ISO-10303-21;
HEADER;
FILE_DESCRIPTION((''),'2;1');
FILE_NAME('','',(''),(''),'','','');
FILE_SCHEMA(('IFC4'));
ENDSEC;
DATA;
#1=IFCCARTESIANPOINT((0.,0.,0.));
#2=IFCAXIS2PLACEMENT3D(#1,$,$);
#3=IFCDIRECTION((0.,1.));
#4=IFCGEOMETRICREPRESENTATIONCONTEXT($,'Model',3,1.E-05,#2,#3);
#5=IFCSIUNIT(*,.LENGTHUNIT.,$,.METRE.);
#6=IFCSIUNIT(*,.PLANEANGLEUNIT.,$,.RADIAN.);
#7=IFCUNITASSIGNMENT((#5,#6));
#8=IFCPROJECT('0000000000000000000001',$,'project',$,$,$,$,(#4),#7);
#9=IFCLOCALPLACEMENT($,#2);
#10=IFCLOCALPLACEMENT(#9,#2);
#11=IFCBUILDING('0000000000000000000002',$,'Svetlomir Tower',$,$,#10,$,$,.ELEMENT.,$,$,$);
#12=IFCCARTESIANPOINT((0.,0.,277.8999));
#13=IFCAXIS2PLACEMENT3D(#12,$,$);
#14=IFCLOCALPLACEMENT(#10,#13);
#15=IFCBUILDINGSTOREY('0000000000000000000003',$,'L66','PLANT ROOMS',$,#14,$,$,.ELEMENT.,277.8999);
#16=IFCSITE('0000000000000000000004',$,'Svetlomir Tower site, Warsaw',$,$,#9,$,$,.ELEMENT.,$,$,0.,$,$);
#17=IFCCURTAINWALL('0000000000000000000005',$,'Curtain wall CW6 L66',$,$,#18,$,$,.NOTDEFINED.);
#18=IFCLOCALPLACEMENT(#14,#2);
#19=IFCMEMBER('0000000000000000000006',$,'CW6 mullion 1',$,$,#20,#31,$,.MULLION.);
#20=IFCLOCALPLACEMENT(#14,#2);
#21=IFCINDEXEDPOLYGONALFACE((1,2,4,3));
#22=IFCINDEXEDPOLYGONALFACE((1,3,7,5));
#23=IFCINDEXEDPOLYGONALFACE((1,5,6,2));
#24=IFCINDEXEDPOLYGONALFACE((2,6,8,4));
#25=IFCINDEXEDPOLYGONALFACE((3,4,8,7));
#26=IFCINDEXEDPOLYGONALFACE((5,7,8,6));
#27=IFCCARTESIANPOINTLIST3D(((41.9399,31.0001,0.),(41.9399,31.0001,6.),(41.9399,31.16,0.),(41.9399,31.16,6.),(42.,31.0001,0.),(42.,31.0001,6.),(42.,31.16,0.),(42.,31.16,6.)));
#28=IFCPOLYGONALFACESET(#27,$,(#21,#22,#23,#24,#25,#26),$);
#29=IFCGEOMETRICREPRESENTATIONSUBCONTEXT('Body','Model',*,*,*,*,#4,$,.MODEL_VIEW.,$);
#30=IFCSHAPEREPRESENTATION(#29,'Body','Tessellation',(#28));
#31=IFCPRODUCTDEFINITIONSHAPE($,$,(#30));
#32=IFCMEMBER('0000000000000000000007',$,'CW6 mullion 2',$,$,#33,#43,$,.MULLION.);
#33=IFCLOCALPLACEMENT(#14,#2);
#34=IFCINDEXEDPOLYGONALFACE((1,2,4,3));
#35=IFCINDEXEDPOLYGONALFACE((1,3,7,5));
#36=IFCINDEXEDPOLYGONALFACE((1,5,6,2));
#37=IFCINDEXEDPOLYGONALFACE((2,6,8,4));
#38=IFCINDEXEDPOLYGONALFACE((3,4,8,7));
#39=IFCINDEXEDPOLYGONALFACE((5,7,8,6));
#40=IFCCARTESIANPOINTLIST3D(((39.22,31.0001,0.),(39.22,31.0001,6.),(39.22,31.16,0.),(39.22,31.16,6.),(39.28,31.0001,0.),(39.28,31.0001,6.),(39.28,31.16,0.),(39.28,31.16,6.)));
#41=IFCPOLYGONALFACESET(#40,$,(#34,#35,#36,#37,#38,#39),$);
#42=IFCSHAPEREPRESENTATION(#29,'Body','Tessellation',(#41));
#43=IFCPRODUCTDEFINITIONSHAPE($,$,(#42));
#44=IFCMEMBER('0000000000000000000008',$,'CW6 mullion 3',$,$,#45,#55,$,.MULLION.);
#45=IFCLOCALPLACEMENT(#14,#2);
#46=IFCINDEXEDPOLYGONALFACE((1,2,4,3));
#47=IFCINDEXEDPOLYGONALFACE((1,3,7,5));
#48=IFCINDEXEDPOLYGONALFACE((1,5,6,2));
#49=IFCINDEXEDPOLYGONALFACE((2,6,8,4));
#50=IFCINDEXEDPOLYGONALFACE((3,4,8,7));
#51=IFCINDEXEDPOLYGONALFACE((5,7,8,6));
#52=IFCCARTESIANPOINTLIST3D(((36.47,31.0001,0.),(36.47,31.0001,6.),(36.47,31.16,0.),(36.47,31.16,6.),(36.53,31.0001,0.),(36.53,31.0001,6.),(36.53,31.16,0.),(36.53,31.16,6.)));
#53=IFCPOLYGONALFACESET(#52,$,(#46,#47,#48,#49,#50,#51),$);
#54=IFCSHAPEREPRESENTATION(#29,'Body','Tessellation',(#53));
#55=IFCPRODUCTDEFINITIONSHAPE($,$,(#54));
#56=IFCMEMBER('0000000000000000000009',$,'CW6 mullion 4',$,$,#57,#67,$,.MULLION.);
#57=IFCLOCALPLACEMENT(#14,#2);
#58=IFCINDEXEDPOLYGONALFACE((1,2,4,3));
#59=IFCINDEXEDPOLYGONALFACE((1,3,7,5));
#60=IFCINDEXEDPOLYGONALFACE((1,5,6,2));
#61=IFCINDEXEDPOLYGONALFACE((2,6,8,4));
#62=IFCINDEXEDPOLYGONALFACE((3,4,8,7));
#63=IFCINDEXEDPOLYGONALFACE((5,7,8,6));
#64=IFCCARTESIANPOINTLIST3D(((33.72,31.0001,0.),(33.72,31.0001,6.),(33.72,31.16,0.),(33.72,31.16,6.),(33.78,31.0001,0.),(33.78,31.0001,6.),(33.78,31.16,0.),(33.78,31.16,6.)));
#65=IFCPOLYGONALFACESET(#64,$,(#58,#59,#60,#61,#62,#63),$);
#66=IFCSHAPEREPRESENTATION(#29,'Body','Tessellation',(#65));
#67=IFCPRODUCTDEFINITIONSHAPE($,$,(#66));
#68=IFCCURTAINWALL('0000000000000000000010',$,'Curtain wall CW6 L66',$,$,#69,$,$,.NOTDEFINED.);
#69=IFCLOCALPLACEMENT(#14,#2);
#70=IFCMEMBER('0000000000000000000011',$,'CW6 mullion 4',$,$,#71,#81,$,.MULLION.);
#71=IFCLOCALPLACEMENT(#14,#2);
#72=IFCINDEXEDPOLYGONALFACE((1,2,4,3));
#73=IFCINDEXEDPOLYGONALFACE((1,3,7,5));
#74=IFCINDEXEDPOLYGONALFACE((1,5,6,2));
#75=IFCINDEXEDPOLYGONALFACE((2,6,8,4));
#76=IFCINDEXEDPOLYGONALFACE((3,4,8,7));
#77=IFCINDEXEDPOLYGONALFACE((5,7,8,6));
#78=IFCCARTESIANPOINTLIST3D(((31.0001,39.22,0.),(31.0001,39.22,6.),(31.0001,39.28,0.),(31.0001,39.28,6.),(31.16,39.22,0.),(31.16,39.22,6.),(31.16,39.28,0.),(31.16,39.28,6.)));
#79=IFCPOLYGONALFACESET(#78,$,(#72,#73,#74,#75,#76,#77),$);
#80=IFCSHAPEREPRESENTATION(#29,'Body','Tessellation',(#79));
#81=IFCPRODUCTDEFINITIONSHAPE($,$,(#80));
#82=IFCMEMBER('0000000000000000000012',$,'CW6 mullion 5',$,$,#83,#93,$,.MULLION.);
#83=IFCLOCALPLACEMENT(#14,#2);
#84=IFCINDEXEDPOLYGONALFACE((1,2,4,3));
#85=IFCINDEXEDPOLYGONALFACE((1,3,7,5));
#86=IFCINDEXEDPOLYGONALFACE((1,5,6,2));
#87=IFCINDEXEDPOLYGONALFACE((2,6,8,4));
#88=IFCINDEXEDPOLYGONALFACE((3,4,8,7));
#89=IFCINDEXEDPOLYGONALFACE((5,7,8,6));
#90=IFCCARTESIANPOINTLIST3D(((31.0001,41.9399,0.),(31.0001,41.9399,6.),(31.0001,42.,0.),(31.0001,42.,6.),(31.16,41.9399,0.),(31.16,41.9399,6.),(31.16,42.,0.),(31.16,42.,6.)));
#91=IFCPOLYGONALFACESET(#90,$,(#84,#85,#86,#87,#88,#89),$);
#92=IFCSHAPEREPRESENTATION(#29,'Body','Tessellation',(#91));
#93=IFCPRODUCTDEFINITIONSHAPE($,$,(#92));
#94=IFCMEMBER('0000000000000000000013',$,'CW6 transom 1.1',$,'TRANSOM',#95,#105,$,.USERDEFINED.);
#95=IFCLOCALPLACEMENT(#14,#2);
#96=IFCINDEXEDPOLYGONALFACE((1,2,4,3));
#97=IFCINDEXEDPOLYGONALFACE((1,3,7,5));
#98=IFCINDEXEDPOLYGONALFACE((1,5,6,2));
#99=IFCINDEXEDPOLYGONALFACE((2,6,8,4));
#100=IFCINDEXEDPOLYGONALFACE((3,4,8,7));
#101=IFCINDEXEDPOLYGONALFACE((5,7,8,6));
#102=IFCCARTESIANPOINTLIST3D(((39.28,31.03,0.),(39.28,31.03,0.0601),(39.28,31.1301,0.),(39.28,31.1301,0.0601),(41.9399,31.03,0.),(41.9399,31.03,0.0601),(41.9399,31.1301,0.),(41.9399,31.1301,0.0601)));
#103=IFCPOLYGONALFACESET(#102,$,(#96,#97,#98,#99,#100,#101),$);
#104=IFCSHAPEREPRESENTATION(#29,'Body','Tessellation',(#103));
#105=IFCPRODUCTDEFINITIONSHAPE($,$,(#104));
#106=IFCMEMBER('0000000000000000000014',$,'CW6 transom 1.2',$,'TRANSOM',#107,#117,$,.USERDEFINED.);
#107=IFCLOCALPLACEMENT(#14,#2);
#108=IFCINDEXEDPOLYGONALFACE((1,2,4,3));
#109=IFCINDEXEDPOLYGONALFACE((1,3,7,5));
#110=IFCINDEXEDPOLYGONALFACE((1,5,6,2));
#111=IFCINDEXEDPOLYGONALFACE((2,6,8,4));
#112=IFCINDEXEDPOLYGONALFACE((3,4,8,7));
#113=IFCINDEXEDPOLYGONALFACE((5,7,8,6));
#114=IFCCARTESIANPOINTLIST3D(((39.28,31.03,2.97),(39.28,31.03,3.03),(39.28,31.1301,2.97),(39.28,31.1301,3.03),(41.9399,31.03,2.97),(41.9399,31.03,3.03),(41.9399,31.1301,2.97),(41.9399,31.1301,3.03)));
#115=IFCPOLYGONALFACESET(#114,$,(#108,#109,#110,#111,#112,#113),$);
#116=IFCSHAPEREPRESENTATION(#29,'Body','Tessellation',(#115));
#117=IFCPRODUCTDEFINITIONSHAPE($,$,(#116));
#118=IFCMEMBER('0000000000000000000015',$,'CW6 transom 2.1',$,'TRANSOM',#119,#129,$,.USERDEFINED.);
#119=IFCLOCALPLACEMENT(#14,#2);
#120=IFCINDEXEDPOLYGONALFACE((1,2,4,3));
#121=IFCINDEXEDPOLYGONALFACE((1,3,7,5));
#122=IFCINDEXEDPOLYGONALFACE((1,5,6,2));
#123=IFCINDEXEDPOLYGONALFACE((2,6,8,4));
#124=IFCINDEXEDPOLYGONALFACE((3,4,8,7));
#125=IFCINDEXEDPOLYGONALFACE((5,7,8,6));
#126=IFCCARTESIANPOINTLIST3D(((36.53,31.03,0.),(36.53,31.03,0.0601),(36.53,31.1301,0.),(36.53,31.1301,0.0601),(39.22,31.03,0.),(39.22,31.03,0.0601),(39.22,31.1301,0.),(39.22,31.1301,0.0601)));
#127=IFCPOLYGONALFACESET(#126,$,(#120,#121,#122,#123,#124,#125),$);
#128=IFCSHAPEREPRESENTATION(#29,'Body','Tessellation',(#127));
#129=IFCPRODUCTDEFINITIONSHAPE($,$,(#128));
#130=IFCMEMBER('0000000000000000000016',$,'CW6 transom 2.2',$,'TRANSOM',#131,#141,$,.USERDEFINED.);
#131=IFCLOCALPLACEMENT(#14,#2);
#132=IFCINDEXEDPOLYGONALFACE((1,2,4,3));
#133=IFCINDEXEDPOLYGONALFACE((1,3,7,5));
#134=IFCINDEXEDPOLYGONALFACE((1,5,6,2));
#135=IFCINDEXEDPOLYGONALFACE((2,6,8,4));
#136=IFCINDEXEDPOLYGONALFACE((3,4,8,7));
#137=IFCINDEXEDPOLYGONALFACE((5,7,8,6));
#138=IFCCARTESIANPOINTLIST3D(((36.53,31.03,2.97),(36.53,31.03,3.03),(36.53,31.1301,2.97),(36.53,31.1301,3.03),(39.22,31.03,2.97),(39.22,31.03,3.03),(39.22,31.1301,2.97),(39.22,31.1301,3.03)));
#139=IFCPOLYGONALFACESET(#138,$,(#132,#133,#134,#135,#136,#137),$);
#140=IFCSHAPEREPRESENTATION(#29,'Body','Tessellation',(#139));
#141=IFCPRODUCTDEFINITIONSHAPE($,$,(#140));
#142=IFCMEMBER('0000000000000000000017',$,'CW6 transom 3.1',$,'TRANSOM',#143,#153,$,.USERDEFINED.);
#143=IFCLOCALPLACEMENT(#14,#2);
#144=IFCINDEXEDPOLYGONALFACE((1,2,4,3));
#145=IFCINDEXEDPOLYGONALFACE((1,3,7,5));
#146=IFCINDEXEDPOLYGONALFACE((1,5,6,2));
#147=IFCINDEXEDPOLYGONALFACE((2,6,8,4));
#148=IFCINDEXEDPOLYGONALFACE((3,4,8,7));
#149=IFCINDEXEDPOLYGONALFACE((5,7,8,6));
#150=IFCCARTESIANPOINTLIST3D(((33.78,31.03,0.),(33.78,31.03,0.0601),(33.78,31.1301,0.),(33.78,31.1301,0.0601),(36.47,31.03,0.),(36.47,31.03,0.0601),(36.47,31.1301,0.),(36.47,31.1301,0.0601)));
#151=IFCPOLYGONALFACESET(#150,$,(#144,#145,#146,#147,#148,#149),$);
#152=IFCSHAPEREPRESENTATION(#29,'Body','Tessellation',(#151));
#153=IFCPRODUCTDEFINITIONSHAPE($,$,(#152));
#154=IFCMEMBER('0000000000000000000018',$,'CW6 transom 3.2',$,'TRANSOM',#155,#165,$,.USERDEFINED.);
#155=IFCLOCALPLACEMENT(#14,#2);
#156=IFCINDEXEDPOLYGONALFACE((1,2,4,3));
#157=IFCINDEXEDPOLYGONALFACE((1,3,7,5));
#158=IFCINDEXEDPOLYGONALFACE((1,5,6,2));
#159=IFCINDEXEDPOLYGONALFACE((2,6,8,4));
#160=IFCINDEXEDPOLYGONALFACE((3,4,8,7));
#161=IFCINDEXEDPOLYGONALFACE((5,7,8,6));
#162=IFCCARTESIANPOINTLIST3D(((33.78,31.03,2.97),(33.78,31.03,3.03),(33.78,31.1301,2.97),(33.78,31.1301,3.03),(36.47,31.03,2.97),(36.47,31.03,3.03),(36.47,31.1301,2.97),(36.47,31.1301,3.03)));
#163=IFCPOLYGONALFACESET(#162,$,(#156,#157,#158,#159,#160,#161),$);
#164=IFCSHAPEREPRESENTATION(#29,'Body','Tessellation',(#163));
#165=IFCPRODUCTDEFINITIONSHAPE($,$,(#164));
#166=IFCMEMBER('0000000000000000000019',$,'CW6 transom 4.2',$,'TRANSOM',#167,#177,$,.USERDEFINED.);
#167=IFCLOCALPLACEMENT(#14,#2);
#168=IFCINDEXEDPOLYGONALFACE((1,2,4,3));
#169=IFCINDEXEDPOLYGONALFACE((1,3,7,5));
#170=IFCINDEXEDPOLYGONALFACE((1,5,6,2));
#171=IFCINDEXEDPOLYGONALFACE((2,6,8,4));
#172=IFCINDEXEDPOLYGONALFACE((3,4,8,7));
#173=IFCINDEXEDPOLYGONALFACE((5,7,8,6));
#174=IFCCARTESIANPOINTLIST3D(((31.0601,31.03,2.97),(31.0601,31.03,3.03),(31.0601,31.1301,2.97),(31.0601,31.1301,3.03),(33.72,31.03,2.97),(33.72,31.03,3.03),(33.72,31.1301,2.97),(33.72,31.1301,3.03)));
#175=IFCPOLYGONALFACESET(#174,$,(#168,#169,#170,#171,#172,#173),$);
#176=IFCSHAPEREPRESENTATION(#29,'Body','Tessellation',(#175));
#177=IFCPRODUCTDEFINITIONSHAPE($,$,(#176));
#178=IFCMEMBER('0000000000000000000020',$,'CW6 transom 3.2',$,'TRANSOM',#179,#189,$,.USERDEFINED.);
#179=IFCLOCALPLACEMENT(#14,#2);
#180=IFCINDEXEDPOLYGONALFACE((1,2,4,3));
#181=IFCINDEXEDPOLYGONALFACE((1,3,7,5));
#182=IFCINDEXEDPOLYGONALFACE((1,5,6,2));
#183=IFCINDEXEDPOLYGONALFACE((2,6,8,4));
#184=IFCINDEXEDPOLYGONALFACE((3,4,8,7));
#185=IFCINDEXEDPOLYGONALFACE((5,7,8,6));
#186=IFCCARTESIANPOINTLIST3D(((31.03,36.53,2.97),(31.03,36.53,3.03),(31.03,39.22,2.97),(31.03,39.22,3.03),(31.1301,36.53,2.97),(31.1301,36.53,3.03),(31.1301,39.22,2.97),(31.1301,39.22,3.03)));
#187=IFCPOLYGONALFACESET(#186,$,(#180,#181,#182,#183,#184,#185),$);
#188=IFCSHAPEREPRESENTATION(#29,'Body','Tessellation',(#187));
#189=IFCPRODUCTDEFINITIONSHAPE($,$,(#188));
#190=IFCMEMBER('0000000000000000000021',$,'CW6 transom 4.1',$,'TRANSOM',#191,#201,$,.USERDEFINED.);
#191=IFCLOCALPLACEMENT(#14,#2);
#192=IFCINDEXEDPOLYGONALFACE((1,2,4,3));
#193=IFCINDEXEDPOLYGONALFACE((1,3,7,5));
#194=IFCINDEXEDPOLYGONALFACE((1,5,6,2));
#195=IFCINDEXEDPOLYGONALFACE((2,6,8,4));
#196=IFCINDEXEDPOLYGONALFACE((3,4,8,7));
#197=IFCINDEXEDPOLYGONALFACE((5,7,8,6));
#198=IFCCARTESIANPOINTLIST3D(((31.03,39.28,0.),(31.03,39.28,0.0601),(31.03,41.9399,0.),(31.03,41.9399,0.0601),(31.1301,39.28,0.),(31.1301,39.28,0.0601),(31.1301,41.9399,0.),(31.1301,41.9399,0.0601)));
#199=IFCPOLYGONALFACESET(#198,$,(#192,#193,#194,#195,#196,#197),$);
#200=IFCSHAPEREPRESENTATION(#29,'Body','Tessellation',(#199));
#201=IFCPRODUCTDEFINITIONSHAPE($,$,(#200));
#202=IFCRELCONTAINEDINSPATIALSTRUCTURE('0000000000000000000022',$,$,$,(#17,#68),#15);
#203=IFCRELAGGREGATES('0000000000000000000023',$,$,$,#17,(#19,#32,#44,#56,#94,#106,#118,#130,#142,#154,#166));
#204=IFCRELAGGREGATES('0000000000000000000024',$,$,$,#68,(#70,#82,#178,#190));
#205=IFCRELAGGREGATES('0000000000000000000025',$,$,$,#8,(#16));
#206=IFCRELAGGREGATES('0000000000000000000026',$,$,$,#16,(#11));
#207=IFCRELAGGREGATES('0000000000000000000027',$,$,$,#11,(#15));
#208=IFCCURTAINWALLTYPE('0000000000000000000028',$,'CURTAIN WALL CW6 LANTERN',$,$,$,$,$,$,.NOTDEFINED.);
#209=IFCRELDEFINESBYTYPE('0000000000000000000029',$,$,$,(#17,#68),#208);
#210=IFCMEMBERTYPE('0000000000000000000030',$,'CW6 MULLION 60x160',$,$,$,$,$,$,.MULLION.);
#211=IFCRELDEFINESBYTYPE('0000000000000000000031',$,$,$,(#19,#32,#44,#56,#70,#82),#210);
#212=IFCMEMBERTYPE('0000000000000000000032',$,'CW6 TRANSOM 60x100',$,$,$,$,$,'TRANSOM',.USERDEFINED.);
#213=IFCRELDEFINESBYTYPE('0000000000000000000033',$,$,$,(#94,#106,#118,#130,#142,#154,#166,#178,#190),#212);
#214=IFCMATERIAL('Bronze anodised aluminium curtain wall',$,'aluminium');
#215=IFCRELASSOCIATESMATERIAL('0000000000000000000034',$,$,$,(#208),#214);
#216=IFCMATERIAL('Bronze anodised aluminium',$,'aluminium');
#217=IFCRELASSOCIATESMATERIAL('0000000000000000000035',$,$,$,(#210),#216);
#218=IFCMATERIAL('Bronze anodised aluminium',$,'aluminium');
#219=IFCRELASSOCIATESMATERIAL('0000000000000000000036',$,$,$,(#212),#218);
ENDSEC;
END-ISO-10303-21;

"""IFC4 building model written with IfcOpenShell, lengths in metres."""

from ifc_helpers import new_model, si_unit, direction, frame, origin, origin_2d, place, context, subcontext, project, spatial, rectangle, extrude, material, material_profile, profile_set, type_object, element, aggregate, save


model = new_model("IFC4")

# Units and contexts
model_context = context("Model", 3, precision=1e-05, world=origin(), true_north=direction((0.0, 1.0)))
body_context = subcontext(model_context, "Body", "Model", "MODEL_VIEW")
ifc_project = project(units=[si_unit("LENGTHUNIT", "METRE"), si_unit("PLANEANGLEUNIT", "RADIAN")], contexts=[model_context])

# Site, building, storey
site_placement = place(None, origin())
site = spatial("IfcSite", under=ifc_project, at=site_placement, Name="Svetlomir Tower site, Warsaw", CompositionType="ELEMENT", RefElevation=0.0)
building_placement = place(site_placement, origin())
building = spatial("IfcBuilding", under=site, at=building_placement, Name="Svetlomir Tower", CompositionType="ELEMENT")
storey_placement = place(building_placement, frame((0.0, 0.0, 277.8999)))
storey = spatial("IfcBuildingStorey", under=building, at=storey_placement, Name="L66", Description="PLANT ROOMS", CompositionType="ELEMENT", Elevation=277.8999)

# Curtain walls, members
ifc_material_1 = material(Name="Bronze anodised aluminium curtain wall", Category="aluminium")
curtain_wall_type = type_object("IfcCurtainWallType", Name="CURTAIN WALL CW6 LANTERN", PredefinedType="NOTDEFINED", material=ifc_material_1)
curtain_wall_1_placement = place(storey_placement, origin())
curtain_wall_1 = element("IfcCurtainWall", 1, at=curtain_wall_1_placement, inside=storey, type_object=curtain_wall_type, Name="Curtain wall CW6 L66", PredefinedType="NOTDEFINED")
ifc_material_2 = material(Name="Bronze anodised aluminium", Category="aluminium")
ifc_material_profile_1 = material_profile(ifc_material_2, rectangle(XDim=0.0601, YDim=0.1599, at=origin_2d()), Name="AL 60x160")
ifc_profile_set_1 = profile_set([ifc_material_profile_1], Name="Bronze anodised aluminium 6063-T6")
member_type_1 = type_object("IfcMemberType", Name="CW6 MULLION 60x160", PredefinedType="MULLION", material=ifc_profile_set_1)
member_1_placement = place(storey_placement, frame((41.97, 31.0801, 0.0), z_axis=(0.0, 0.0, 1.0), x_axis=(-1.0, 0.0, 0.0)))
member_1 = element("IfcMember", 2, at=member_1_placement, type_object=member_type_1, Name="CW6 mullion 1", PredefinedType="MULLION", context=body_context, shape_type="SweptSolid", body=[
    extrude(rectangle(XDim=0.0601, YDim=0.1599, at=origin_2d()), origin(), (0.0, 0.0, 1.0), 6.0),
])
member_2_placement = place(storey_placement, frame((39.25, 31.0801, 0.0), z_axis=(0.0, 0.0, 1.0), x_axis=(-1.0, 0.0, 0.0)))
member_2 = element("IfcMember", 3, at=member_2_placement, type_object=member_type_1, Name="CW6 mullion 2", PredefinedType="MULLION", context=body_context, shape_type="SweptSolid", body=[
    extrude(rectangle(XDim=0.0601, YDim=0.1599, at=origin_2d()), origin(), (0.0, 0.0, 1.0), 6.0),
])
member_3_placement = place(storey_placement, frame((36.5, 31.0801, 0.0), z_axis=(0.0, 0.0, 1.0), x_axis=(-1.0, 0.0, 0.0)))
member_3 = element("IfcMember", 4, at=member_3_placement, type_object=member_type_1, Name="CW6 mullion 3", PredefinedType="MULLION", context=body_context, shape_type="SweptSolid", body=[
    extrude(rectangle(XDim=0.0601, YDim=0.1599, at=origin_2d()), origin(), (0.0, 0.0, 1.0), 6.0),
])
member_4_placement = place(storey_placement, frame((33.75, 31.0801, 0.0), z_axis=(0.0, 0.0, 1.0), x_axis=(-1.0, 0.0, 0.0)))
member_4 = element("IfcMember", 5, at=member_4_placement, type_object=member_type_1, Name="CW6 mullion 4", PredefinedType="MULLION", context=body_context, shape_type="SweptSolid", body=[
    extrude(rectangle(XDim=0.0601, YDim=0.1599, at=origin_2d()), origin(), (0.0, 0.0, 1.0), 6.0),
])
curtain_wall_2_placement = place(storey_placement, origin())
curtain_wall_2 = element("IfcCurtainWall", 6, at=curtain_wall_2_placement, inside=storey, type_object=curtain_wall_type, Name="Curtain wall CW6 L66", PredefinedType="NOTDEFINED")
member_5_placement = place(storey_placement, frame((31.0801, 39.25, 0.0), z_axis=(0.0, 0.0, 1.0), x_axis=(0.0, 1.0, 0.0)))
member_5 = element("IfcMember", 7, at=member_5_placement, type_object=member_type_1, Name="CW6 mullion 4", PredefinedType="MULLION", context=body_context, shape_type="SweptSolid", body=[
    extrude(rectangle(XDim=0.0601, YDim=0.1599, at=origin_2d()), origin(), (0.0, 0.0, 1.0), 6.0),
])
member_6_placement = place(storey_placement, frame((31.0801, 41.97, 0.0), z_axis=(0.0, 0.0, 1.0), x_axis=(0.0, 1.0, 0.0)))
member_6 = element("IfcMember", 8, at=member_6_placement, type_object=member_type_1, Name="CW6 mullion 5", PredefinedType="MULLION", context=body_context, shape_type="SweptSolid", body=[
    extrude(rectangle(XDim=0.0601, YDim=0.1599, at=origin_2d()), origin(), (0.0, 0.0, 1.0), 6.0),
])

# Members
ifc_material_3 = material(Name="Bronze anodised aluminium", Category="aluminium")
ifc_material_profile_2 = material_profile(ifc_material_3, rectangle(XDim=0.1001, YDim=0.0601, at=origin_2d()), Name="AL 100x60")
ifc_profile_set_2 = profile_set([ifc_material_profile_2], Name="Bronze anodised aluminium 6063-T6")
member_type_2 = type_object("IfcMemberType", Name="CW6 TRANSOM 60x100", ElementType="TRANSOM", PredefinedType="USERDEFINED", material=ifc_profile_set_2)
member_7_placement = place(storey_placement, frame((41.9399, 31.0801, 0.03), z_axis=(-1.0, 0.0, 0.0), x_axis=(0.0, -1.0, 0.0)))
member_7 = element("IfcMember", 9, at=member_7_placement, type_object=member_type_2, Name="CW6 transom 1.1", ObjectType="TRANSOM", PredefinedType="USERDEFINED", context=body_context, shape_type="SweptSolid", body=[
    extrude(rectangle(XDim=0.1001, YDim=0.0601, at=origin_2d()), origin(), (0.0, 0.0, 1.0), 2.6599),
])
member_8_placement = place(storey_placement, frame((41.9399, 31.0801, 3.0), z_axis=(-1.0, 0.0, 0.0), x_axis=(0.0, -1.0, 0.0)))
member_8 = element("IfcMember", 10, at=member_8_placement, type_object=member_type_2, Name="CW6 transom 1.2", ObjectType="TRANSOM", PredefinedType="USERDEFINED", context=body_context, shape_type="SweptSolid", body=[
    extrude(rectangle(XDim=0.1001, YDim=0.0601, at=origin_2d()), origin(), (0.0, 0.0, 1.0), 2.6599),
])
member_9_placement = place(storey_placement, frame((39.22, 31.0801, 0.03), z_axis=(-1.0, 0.0, 0.0), x_axis=(0.0, -1.0, 0.0)))
member_9 = element("IfcMember", 11, at=member_9_placement, type_object=member_type_2, Name="CW6 transom 2.1", ObjectType="TRANSOM", PredefinedType="USERDEFINED", context=body_context, shape_type="SweptSolid", body=[
    extrude(rectangle(XDim=0.1001, YDim=0.0601, at=origin_2d()), origin(), (0.0, 0.0, 1.0), 2.6899),
])
member_10_placement = place(storey_placement, frame((39.22, 31.0801, 3.0), z_axis=(-1.0, 0.0, 0.0), x_axis=(0.0, -1.0, 0.0)))
member_10 = element("IfcMember", 12, at=member_10_placement, type_object=member_type_2, Name="CW6 transom 2.2", ObjectType="TRANSOM", PredefinedType="USERDEFINED", context=body_context, shape_type="SweptSolid", body=[
    extrude(rectangle(XDim=0.1001, YDim=0.0601, at=origin_2d()), origin(), (0.0, 0.0, 1.0), 2.6899),
])
member_11_placement = place(storey_placement, frame((36.47, 31.0801, 0.03), z_axis=(-1.0, 0.0, 0.0), x_axis=(0.0, -1.0, 0.0)))
member_11 = element("IfcMember", 13, at=member_11_placement, type_object=member_type_2, Name="CW6 transom 3.1", ObjectType="TRANSOM", PredefinedType="USERDEFINED", context=body_context, shape_type="SweptSolid", body=[
    extrude(rectangle(XDim=0.1001, YDim=0.0601, at=origin_2d()), origin(), (0.0, 0.0, 1.0), 2.6899),
])
member_12_placement = place(storey_placement, frame((36.47, 31.0801, 3.0), z_axis=(-1.0, 0.0, 0.0), x_axis=(0.0, -1.0, 0.0)))
member_12 = element("IfcMember", 14, at=member_12_placement, type_object=member_type_2, Name="CW6 transom 3.2", ObjectType="TRANSOM", PredefinedType="USERDEFINED", context=body_context, shape_type="SweptSolid", body=[
    extrude(rectangle(XDim=0.1001, YDim=0.0601, at=origin_2d()), origin(), (0.0, 0.0, 1.0), 2.6899),
])
member_13_placement = place(storey_placement, frame((33.72, 31.0801, 3.0), z_axis=(-1.0, 0.0, 0.0), x_axis=(0.0, -1.0, 0.0)))
member_13 = element("IfcMember", 15, at=member_13_placement, type_object=member_type_2, Name="CW6 transom 4.2", ObjectType="TRANSOM", PredefinedType="USERDEFINED", context=body_context, shape_type="SweptSolid", body=[
    extrude(rectangle(XDim=0.1001, YDim=0.0601, at=origin_2d()), origin(), (0.0, 0.0, 1.0), 2.6599),
])
member_14_placement = place(storey_placement, frame((31.0801, 36.53, 3.0), z_axis=(0.0, 1.0, 0.0), x_axis=(-1.0, 0.0, 0.0)))
member_14 = element("IfcMember", 16, at=member_14_placement, type_object=member_type_2, Name="CW6 transom 3.2", ObjectType="TRANSOM", PredefinedType="USERDEFINED", context=body_context, shape_type="SweptSolid", body=[
    extrude(rectangle(XDim=0.1001, YDim=0.0601, at=origin_2d()), origin(), (0.0, 0.0, 1.0), 2.6899),
])
member_15_placement = place(storey_placement, frame((31.0801, 39.28, 0.03), z_axis=(0.0, 1.0, 0.0), x_axis=(-1.0, 0.0, 0.0)))
member_15 = element("IfcMember", 17, at=member_15_placement, type_object=member_type_2, Name="CW6 transom 4.1", ObjectType="TRANSOM", PredefinedType="USERDEFINED", context=body_context, shape_type="SweptSolid", body=[
    extrude(rectangle(XDim=0.1001, YDim=0.0601, at=origin_2d()), origin(), (0.0, 0.0, 1.0), 2.6599),
])

aggregate(curtain_wall_1, [member_1, member_2, member_3, member_4, member_7, member_8, member_9, member_10, member_11, member_12, member_13])
aggregate(curtain_wall_2, [member_5, member_6, member_14, member_15])

save(model, "model.ifc")
